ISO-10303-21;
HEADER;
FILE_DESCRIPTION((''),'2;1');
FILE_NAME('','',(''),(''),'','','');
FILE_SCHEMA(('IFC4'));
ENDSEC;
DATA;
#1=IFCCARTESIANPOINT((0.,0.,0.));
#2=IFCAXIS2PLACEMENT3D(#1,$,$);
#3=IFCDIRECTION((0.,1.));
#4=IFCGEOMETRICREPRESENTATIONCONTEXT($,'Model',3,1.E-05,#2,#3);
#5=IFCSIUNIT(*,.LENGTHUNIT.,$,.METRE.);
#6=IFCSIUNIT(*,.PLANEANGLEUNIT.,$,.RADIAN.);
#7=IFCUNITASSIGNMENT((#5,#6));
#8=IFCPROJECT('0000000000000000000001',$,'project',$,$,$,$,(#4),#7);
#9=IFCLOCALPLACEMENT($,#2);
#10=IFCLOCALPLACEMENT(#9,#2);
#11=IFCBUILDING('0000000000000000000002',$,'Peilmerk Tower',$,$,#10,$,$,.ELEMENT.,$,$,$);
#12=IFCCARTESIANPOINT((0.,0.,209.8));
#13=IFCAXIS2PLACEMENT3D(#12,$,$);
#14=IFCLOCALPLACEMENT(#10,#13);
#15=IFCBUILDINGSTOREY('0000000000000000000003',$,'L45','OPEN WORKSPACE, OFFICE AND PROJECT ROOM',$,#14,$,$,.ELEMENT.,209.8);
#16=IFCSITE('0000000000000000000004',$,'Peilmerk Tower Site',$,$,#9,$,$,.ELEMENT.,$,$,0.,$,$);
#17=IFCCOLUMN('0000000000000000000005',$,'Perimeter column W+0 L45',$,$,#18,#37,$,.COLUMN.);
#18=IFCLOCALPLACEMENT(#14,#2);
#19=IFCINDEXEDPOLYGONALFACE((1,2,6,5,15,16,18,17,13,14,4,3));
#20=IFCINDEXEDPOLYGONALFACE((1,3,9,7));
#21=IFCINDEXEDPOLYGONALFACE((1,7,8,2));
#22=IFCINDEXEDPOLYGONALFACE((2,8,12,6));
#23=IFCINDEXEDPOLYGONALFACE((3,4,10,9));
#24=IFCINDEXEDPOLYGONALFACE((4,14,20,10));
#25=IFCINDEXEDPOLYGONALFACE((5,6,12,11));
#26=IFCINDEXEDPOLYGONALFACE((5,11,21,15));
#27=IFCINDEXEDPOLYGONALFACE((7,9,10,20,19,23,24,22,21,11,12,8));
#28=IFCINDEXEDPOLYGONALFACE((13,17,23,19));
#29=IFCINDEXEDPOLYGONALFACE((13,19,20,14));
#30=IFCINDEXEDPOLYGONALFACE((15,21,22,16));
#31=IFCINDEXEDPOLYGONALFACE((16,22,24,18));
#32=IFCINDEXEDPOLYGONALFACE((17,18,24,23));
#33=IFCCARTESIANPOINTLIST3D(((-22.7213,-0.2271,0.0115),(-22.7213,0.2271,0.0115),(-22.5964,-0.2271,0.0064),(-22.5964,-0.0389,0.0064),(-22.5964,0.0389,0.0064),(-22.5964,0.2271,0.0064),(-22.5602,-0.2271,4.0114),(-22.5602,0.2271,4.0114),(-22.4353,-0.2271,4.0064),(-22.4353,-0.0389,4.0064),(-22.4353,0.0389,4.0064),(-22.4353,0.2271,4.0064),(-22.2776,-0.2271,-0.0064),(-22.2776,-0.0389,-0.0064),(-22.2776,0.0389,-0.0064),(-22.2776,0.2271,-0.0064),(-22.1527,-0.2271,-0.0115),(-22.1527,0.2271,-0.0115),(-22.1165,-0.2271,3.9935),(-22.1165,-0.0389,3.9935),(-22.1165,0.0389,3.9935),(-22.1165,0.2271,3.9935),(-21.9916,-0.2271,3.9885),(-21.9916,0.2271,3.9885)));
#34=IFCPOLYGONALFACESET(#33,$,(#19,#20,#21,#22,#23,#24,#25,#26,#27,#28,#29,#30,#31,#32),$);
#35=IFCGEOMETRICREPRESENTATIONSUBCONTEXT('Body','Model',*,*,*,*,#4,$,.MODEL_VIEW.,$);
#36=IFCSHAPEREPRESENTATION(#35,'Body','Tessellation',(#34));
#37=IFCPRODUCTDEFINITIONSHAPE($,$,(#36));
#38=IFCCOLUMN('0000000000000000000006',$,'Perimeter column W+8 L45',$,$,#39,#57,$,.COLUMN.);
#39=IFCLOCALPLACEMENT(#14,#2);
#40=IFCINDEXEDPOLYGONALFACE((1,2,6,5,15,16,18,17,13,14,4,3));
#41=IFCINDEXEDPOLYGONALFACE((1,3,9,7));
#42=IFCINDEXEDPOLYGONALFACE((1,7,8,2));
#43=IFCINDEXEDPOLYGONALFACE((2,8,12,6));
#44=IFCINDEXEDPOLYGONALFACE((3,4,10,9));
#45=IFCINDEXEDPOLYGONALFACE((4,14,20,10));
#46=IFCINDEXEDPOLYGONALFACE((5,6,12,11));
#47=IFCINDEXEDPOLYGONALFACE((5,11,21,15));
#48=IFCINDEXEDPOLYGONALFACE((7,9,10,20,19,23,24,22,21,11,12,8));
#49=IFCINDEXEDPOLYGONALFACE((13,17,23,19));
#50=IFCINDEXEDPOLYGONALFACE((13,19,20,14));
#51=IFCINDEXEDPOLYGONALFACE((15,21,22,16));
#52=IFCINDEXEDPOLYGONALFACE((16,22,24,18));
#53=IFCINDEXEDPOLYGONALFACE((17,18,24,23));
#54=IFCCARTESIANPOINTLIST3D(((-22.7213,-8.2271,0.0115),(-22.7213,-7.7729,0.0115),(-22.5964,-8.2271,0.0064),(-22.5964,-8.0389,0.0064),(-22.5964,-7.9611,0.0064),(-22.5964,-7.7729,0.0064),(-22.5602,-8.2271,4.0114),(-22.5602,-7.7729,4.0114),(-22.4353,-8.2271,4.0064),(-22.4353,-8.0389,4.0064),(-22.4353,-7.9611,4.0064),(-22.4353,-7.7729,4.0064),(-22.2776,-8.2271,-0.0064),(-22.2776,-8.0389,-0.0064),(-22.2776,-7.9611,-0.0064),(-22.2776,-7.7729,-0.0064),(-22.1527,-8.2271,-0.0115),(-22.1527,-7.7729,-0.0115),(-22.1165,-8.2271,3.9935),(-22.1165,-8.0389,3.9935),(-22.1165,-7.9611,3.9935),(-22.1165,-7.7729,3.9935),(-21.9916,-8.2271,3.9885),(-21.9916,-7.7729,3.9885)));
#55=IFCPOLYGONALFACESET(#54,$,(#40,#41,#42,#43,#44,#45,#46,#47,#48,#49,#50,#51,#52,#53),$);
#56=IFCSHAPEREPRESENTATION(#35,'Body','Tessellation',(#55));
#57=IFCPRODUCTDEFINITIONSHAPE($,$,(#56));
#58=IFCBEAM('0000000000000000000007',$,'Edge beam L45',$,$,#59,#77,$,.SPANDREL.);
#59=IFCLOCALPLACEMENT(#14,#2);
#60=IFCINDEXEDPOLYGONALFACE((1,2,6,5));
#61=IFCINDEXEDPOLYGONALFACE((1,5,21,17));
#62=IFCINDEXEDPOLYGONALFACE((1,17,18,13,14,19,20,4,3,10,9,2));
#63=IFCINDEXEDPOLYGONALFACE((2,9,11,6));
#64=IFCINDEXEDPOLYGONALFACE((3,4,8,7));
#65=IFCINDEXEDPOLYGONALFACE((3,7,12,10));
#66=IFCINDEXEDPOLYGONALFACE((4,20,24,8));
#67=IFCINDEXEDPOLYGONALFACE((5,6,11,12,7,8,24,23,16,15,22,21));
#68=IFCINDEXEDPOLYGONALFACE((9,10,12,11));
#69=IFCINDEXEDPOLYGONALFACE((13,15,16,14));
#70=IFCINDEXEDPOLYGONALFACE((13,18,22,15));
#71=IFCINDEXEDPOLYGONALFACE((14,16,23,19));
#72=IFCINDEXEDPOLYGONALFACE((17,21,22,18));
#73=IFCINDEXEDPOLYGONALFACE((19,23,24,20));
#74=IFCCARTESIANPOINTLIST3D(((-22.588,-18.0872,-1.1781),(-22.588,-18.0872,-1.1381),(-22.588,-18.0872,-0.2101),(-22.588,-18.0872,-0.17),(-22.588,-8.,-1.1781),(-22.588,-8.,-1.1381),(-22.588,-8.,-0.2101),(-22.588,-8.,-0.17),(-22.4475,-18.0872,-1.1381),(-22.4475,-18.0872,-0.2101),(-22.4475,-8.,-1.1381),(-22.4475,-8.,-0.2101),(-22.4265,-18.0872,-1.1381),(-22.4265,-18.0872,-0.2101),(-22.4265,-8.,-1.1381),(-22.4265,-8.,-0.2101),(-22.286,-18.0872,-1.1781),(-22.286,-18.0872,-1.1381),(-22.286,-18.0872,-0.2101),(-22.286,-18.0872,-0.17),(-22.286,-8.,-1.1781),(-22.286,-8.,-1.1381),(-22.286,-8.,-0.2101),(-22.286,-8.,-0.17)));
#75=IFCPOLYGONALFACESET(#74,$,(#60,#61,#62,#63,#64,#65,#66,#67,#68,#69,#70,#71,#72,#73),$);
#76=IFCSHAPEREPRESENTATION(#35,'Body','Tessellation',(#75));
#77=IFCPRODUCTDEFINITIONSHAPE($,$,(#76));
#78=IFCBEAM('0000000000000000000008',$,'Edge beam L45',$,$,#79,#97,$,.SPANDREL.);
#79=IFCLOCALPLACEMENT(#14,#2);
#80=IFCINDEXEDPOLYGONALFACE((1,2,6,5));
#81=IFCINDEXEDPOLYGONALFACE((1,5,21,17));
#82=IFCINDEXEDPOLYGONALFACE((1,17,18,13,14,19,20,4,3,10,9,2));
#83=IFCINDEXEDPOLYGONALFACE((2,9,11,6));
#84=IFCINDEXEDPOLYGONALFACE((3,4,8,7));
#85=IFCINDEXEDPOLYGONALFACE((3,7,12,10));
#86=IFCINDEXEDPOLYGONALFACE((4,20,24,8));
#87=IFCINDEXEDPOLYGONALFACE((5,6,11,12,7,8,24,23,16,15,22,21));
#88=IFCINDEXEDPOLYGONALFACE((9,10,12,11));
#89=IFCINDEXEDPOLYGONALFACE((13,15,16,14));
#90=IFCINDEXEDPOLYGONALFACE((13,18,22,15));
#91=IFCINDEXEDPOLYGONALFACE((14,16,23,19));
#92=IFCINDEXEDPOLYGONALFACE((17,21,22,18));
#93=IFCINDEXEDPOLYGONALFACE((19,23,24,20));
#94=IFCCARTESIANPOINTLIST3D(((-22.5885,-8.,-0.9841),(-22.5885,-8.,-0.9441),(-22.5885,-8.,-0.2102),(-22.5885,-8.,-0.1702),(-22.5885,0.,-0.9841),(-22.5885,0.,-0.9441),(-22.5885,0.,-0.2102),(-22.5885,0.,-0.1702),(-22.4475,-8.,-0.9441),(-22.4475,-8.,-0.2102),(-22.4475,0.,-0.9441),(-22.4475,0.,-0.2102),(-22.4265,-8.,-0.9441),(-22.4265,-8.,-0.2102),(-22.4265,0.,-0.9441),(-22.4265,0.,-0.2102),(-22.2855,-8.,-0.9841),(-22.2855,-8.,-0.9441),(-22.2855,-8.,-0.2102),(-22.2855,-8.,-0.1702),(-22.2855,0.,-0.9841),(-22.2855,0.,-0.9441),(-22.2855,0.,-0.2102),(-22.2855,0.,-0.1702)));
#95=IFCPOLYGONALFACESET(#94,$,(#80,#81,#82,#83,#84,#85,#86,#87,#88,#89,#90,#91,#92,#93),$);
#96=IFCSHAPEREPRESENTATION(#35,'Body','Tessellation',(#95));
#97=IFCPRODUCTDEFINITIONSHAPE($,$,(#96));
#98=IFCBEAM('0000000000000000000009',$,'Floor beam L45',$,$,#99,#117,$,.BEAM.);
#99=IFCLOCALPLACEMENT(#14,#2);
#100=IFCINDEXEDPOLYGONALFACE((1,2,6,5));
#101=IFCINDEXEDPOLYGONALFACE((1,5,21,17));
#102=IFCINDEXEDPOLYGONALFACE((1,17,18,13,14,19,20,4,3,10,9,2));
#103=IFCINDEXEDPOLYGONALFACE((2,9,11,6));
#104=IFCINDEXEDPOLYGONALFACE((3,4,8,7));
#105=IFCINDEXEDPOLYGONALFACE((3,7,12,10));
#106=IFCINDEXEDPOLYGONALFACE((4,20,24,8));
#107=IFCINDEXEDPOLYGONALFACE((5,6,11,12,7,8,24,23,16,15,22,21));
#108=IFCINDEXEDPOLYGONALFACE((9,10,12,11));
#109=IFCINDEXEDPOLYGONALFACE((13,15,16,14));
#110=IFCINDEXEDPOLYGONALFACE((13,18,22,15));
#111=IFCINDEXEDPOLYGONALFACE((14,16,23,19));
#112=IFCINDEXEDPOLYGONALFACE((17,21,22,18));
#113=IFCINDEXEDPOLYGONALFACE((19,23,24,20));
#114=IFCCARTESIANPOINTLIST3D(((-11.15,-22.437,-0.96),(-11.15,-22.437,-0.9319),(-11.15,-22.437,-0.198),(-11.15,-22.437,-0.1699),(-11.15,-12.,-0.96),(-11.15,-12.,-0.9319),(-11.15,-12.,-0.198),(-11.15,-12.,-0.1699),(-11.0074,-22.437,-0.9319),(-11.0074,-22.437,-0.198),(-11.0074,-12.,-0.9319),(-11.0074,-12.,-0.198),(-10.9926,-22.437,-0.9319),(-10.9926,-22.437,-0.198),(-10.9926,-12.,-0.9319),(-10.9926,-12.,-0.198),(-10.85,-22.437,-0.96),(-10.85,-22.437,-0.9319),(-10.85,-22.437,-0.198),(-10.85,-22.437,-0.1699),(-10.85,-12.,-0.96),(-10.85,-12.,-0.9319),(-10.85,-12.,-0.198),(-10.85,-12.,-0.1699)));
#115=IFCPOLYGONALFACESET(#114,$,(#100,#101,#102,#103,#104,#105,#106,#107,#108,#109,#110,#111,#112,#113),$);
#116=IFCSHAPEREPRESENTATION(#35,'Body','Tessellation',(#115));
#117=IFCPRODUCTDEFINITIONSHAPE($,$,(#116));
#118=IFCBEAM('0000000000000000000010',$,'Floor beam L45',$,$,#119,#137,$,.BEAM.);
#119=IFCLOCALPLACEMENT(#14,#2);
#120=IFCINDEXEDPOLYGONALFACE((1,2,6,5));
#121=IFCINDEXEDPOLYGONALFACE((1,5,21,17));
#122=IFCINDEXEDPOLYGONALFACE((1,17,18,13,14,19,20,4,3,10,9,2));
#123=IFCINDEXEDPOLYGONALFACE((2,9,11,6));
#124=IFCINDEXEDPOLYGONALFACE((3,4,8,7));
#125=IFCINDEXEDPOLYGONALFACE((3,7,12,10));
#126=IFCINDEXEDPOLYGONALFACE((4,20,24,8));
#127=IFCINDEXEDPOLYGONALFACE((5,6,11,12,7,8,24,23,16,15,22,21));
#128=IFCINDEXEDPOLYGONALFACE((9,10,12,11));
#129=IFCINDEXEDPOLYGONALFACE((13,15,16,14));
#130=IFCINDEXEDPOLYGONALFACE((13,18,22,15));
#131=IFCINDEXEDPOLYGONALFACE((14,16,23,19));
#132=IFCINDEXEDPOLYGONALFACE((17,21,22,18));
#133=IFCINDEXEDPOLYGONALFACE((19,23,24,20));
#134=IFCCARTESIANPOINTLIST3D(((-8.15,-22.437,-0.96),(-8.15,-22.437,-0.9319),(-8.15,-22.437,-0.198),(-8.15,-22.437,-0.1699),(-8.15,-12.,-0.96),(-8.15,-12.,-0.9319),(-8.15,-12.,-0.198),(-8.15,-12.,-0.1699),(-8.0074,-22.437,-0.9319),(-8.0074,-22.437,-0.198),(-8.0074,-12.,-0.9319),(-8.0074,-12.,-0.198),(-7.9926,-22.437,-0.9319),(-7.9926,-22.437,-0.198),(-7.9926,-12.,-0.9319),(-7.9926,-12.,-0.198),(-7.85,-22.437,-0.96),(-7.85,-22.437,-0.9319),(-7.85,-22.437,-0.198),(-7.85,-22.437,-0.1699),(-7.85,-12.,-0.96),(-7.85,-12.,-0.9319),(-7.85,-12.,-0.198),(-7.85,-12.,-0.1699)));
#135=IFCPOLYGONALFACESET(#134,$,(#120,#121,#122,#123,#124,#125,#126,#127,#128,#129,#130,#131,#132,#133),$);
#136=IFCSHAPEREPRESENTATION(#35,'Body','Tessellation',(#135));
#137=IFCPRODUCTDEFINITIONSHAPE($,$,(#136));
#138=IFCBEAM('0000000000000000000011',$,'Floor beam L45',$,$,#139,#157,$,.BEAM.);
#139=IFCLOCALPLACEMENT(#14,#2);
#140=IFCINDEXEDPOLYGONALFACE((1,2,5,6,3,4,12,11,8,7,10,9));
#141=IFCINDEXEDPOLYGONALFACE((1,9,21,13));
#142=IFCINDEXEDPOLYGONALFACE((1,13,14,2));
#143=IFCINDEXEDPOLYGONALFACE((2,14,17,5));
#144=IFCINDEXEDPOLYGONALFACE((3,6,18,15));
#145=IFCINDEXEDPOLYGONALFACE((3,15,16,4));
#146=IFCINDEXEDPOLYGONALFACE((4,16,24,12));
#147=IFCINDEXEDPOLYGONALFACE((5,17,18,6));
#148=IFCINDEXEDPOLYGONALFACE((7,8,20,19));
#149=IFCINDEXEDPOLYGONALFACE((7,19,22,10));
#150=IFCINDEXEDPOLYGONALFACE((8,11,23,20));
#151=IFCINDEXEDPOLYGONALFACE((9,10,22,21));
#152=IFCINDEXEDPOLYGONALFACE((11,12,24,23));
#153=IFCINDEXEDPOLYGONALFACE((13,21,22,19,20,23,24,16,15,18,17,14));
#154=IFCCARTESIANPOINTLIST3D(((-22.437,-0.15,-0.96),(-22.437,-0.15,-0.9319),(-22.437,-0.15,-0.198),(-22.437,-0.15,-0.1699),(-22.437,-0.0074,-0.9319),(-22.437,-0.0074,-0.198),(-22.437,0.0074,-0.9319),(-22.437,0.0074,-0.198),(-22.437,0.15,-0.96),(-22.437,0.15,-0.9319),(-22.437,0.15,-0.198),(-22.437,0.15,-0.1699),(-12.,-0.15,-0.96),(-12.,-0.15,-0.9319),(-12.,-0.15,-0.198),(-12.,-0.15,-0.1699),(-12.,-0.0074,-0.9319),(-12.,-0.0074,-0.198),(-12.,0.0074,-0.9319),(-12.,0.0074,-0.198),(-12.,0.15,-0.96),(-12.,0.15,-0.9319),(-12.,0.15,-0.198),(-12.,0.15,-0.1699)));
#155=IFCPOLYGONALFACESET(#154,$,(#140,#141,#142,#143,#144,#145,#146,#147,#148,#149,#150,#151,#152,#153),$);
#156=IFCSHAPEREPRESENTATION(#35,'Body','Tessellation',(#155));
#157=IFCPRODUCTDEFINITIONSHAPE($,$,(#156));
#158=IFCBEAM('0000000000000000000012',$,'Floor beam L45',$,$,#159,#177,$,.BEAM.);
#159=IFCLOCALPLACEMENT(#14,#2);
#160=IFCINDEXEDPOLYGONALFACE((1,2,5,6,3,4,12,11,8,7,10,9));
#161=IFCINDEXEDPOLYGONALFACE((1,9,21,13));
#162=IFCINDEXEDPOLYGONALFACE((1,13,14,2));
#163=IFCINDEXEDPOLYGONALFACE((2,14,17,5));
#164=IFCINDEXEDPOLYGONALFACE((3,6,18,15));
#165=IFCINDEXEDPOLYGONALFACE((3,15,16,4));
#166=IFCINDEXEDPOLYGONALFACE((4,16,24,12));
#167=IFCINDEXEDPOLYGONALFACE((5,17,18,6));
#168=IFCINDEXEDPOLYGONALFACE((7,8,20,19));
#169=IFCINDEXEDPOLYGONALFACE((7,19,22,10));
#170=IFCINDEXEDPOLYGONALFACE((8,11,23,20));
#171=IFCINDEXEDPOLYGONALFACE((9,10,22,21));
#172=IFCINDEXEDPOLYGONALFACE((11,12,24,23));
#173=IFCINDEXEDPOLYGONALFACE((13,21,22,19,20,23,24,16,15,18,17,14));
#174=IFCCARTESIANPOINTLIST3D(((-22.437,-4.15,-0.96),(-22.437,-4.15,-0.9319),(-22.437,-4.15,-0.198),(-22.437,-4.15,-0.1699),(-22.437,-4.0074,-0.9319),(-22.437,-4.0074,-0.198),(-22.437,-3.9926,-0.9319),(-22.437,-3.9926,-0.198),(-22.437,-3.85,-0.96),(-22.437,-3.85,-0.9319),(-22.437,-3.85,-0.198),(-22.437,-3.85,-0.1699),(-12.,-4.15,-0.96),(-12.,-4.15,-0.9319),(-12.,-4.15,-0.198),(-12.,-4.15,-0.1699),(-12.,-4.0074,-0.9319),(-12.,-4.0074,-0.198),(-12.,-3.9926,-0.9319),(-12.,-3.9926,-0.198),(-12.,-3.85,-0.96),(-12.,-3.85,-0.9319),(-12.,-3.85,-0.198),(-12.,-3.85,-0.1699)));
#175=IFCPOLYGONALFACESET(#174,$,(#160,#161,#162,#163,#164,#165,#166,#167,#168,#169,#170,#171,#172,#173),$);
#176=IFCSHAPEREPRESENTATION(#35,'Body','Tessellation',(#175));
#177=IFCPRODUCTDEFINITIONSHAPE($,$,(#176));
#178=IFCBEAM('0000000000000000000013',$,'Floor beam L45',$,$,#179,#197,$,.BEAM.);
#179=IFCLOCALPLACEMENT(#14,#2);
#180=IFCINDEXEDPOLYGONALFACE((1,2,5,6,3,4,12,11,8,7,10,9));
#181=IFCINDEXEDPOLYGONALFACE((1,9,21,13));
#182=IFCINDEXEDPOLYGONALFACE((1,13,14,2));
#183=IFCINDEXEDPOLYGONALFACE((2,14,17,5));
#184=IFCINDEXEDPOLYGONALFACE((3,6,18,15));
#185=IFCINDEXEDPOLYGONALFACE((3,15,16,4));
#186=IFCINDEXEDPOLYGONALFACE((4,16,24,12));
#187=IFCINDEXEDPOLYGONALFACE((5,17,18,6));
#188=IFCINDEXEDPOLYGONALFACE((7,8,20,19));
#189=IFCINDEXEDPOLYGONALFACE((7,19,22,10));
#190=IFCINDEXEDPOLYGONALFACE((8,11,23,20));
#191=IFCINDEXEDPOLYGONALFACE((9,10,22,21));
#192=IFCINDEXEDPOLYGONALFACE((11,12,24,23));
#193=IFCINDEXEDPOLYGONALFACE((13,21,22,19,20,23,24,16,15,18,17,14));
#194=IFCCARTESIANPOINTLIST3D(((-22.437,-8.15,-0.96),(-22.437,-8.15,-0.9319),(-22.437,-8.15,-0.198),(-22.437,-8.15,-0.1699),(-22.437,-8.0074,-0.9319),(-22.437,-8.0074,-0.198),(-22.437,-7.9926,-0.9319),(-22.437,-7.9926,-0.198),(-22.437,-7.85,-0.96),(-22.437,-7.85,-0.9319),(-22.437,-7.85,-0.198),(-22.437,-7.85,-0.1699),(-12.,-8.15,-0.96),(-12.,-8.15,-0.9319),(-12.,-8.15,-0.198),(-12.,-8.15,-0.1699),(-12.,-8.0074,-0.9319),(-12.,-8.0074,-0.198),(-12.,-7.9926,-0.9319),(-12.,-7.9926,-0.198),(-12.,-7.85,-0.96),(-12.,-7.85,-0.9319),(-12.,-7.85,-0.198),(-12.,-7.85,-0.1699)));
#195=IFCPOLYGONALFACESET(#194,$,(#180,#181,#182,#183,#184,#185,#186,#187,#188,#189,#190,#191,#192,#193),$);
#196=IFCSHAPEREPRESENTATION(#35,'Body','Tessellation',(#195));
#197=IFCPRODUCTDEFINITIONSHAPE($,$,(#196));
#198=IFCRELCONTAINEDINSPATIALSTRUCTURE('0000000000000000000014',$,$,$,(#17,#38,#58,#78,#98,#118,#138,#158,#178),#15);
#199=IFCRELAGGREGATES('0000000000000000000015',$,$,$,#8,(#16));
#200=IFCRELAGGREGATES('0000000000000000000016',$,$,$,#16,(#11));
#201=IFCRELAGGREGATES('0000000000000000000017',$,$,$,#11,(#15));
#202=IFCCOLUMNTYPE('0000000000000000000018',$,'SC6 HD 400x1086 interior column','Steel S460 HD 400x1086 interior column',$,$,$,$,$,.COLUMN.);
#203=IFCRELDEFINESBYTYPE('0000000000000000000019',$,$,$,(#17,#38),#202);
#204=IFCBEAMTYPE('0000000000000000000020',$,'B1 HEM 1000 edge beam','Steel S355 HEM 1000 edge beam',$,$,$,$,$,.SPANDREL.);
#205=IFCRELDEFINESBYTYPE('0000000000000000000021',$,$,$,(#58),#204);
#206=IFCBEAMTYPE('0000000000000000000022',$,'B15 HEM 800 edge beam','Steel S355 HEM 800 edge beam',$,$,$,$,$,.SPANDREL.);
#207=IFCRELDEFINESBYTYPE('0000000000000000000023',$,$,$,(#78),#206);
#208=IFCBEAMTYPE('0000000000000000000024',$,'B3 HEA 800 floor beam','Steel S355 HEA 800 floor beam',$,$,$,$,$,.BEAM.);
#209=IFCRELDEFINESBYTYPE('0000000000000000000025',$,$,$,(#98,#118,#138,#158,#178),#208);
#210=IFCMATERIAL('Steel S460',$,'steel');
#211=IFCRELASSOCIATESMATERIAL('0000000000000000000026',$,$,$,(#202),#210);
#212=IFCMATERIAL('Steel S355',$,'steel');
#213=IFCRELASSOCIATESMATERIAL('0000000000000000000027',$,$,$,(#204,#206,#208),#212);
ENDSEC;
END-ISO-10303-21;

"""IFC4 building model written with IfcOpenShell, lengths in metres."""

from ifc_helpers import new_model, si_unit, direction, frame, origin, origin_2d, place, context, subcontext, project, spatial, i_section, extrude, material, material_profile, profile_set, type_object, element, save


model = new_model("IFC4")

# Units and contexts
model_context = context("Model", 3, precision=1e-05, world=origin(), true_north=direction((0.0, 1.0)))
body_context = subcontext(model_context, "Body", "Model", "MODEL_VIEW")
ifc_project = project(units=[si_unit("LENGTHUNIT", "METRE"), si_unit("PLANEANGLEUNIT", "RADIAN")], contexts=[model_context])

# Site, building, storey
site_placement = place(None, origin())
site = spatial("IfcSite", under=ifc_project, at=site_placement, Name="Peilmerk Tower Site", CompositionType="ELEMENT", RefElevation=0.0)
building_placement = place(site_placement, origin())
building = spatial("IfcBuilding", under=site, at=building_placement, Name="Peilmerk Tower", CompositionType="ELEMENT")
storey_placement = place(building_placement, frame((0.0, 0.0, 209.8)))
storey = spatial("IfcBuildingStorey", under=building, at=storey_placement, Name="L45", Description="OPEN WORKSPACE, OFFICE AND PROJECT ROOM", CompositionType="ELEMENT", Elevation=209.8)

# Columns
ifc_material_1 = material(Name="Steel S460", Category="steel")
ifc_material_profile_1 = material_profile(ifc_material_1, i_section(OverallWidth=0.4541, OverallDepth=0.5691, WebThickness=0.0779, FlangeThickness=0.125, at=origin_2d()), Name="HD 400x1086")
ifc_profile_set_1 = profile_set([ifc_material_profile_1], Name="Steel S460")
column_type = type_object("IfcColumnType", Name="SC6 HD 400x1086 interior column", Description="Steel S460 HD 400x1086 interior column", PredefinedType="COLUMN", material=ifc_profile_set_1)
for number, where, z_axis, x_axis, name in (
    (1, (-22.437, 0.0, 0.0), (0.040251, 0.0, 0.99919), (0.0, 1.0, 0.0), "Perimeter column W+0 L45"),
    (2, (-22.437, -8.0, 0.0), (0.040251, 0.0, 0.99919), (0.0, 1.0, 0.0), "Perimeter column W+8 L45"),
):
    element("IfcColumn", number, at=place(storey_placement, frame(where, z_axis=z_axis, x_axis=x_axis)), inside=storey, type_object=column_type, Name=name, PredefinedType="COLUMN", context=body_context, shape_type="SweptSolid", body=[
        extrude(i_section(OverallWidth=0.4541, OverallDepth=0.5691, WebThickness=0.0779, FlangeThickness=0.125, at=origin_2d()), origin(), (0.0, 0.0, 1.0), 4.0032),
    ])

# Beams
ifc_material_2 = material(Name="Steel S355", Category="steel")
ifc_material_profile_2 = material_profile(ifc_material_2, i_section(OverallWidth=0.302, OverallDepth=1.0081, WebThickness=0.021, FlangeThickness=0.04, at=origin_2d()), Name="HEM 1000")
ifc_profile_set_2 = profile_set([ifc_material_profile_2], Name="Steel S355")
beam_type_1 = type_object("IfcBeamType", Name="B1 HEM 1000 edge beam", Description="Steel S355 HEM 1000 edge beam", PredefinedType="SPANDREL", material=ifc_profile_set_2)
beam_1_placement = place(storey_placement, frame((-22.437, -8.0, -0.6741), z_axis=(0.0, -1.0, 0.0), x_axis=(1.0, 0.0, 0.0)))
element("IfcBeam", 3, at=beam_1_placement, inside=storey, type_object=beam_type_1, Name="Edge beam L45", PredefinedType="SPANDREL", context=body_context, shape_type="SweptSolid", body=[
    extrude(i_section(OverallWidth=0.302, OverallDepth=1.0081, WebThickness=0.021, FlangeThickness=0.04, at=origin_2d()), origin(), (0.0, 0.0, 1.0), 10.0872),
])
ifc_material_profile_3 = material_profile(ifc_material_2, i_section(OverallWidth=0.303, OverallDepth=0.814, WebThickness=0.021, FlangeThickness=0.04, at=origin_2d()), Name="HEM 800")
ifc_profile_set_3 = profile_set([ifc_material_profile_3], Name="Steel S355")
beam_type_2 = type_object("IfcBeamType", Name="B15 HEM 800 edge beam", Description="Steel S355 HEM 800 edge beam", PredefinedType="SPANDREL", material=ifc_profile_set_3)
beam_2_placement = place(storey_placement, frame((-22.437, 0.0, -0.5771), z_axis=(0.0, -1.0, 0.0), x_axis=(1.0, 0.0, 0.0)))
element("IfcBeam", 4, at=beam_2_placement, inside=storey, type_object=beam_type_2, Name="Edge beam L45", PredefinedType="SPANDREL", context=body_context, shape_type="SweptSolid", body=[
    extrude(i_section(OverallWidth=0.303, OverallDepth=0.814, WebThickness=0.021, FlangeThickness=0.04, at=origin_2d()), origin(), (0.0, 0.0, 1.0), 8.0),
])
ifc_material_profile_4 = material_profile(ifc_material_2, i_section(OverallWidth=0.3, OverallDepth=0.79, WebThickness=0.0149, FlangeThickness=0.0281, at=origin_2d()), Name="HEA 800")
ifc_profile_set_4 = profile_set([ifc_material_profile_4], Name="Steel S355")
beam_type_3 = type_object("IfcBeamType", Name="B3 HEA 800 floor beam", Description="Steel S355 HEA 800 floor beam", PredefinedType="BEAM", material=ifc_profile_set_4)
for number, where, z_axis, x_axis, name in (
    (5, (-11.0, -12.0, -0.5649), (0.0, -1.0, 0.0), (1.0, 0.0, 0.0), "Floor beam L45"),
    (6, (-8.0, -12.0, -0.5649), (0.0, -1.0, 0.0), (1.0, 0.0, 0.0), "Floor beam L45"),
    (7, (-12.0, 0.0, -0.5649), (-1.0, 0.0, 0.0), (0.0, -1.0, 0.0), "Floor beam L45"),
    (8, (-12.0, -4.0, -0.5649), (-1.0, 0.0, 0.0), (0.0, -1.0, 0.0), "Floor beam L45"),
    (9, (-12.0, -8.0, -0.5649), (-1.0, 0.0, 0.0), (0.0, -1.0, 0.0), "Floor beam L45"),
):
    element("IfcBeam", number, at=place(storey_placement, frame(where, z_axis=z_axis, x_axis=x_axis)), inside=storey, type_object=beam_type_3, Name=name, PredefinedType="BEAM", context=body_context, shape_type="SweptSolid", body=[
        extrude(i_section(OverallWidth=0.3, OverallDepth=0.79, WebThickness=0.0149, FlangeThickness=0.0281, at=origin_2d()), origin(), (0.0, 0.0, 1.0), 10.437),
    ])

save(model, "model.ifc")
